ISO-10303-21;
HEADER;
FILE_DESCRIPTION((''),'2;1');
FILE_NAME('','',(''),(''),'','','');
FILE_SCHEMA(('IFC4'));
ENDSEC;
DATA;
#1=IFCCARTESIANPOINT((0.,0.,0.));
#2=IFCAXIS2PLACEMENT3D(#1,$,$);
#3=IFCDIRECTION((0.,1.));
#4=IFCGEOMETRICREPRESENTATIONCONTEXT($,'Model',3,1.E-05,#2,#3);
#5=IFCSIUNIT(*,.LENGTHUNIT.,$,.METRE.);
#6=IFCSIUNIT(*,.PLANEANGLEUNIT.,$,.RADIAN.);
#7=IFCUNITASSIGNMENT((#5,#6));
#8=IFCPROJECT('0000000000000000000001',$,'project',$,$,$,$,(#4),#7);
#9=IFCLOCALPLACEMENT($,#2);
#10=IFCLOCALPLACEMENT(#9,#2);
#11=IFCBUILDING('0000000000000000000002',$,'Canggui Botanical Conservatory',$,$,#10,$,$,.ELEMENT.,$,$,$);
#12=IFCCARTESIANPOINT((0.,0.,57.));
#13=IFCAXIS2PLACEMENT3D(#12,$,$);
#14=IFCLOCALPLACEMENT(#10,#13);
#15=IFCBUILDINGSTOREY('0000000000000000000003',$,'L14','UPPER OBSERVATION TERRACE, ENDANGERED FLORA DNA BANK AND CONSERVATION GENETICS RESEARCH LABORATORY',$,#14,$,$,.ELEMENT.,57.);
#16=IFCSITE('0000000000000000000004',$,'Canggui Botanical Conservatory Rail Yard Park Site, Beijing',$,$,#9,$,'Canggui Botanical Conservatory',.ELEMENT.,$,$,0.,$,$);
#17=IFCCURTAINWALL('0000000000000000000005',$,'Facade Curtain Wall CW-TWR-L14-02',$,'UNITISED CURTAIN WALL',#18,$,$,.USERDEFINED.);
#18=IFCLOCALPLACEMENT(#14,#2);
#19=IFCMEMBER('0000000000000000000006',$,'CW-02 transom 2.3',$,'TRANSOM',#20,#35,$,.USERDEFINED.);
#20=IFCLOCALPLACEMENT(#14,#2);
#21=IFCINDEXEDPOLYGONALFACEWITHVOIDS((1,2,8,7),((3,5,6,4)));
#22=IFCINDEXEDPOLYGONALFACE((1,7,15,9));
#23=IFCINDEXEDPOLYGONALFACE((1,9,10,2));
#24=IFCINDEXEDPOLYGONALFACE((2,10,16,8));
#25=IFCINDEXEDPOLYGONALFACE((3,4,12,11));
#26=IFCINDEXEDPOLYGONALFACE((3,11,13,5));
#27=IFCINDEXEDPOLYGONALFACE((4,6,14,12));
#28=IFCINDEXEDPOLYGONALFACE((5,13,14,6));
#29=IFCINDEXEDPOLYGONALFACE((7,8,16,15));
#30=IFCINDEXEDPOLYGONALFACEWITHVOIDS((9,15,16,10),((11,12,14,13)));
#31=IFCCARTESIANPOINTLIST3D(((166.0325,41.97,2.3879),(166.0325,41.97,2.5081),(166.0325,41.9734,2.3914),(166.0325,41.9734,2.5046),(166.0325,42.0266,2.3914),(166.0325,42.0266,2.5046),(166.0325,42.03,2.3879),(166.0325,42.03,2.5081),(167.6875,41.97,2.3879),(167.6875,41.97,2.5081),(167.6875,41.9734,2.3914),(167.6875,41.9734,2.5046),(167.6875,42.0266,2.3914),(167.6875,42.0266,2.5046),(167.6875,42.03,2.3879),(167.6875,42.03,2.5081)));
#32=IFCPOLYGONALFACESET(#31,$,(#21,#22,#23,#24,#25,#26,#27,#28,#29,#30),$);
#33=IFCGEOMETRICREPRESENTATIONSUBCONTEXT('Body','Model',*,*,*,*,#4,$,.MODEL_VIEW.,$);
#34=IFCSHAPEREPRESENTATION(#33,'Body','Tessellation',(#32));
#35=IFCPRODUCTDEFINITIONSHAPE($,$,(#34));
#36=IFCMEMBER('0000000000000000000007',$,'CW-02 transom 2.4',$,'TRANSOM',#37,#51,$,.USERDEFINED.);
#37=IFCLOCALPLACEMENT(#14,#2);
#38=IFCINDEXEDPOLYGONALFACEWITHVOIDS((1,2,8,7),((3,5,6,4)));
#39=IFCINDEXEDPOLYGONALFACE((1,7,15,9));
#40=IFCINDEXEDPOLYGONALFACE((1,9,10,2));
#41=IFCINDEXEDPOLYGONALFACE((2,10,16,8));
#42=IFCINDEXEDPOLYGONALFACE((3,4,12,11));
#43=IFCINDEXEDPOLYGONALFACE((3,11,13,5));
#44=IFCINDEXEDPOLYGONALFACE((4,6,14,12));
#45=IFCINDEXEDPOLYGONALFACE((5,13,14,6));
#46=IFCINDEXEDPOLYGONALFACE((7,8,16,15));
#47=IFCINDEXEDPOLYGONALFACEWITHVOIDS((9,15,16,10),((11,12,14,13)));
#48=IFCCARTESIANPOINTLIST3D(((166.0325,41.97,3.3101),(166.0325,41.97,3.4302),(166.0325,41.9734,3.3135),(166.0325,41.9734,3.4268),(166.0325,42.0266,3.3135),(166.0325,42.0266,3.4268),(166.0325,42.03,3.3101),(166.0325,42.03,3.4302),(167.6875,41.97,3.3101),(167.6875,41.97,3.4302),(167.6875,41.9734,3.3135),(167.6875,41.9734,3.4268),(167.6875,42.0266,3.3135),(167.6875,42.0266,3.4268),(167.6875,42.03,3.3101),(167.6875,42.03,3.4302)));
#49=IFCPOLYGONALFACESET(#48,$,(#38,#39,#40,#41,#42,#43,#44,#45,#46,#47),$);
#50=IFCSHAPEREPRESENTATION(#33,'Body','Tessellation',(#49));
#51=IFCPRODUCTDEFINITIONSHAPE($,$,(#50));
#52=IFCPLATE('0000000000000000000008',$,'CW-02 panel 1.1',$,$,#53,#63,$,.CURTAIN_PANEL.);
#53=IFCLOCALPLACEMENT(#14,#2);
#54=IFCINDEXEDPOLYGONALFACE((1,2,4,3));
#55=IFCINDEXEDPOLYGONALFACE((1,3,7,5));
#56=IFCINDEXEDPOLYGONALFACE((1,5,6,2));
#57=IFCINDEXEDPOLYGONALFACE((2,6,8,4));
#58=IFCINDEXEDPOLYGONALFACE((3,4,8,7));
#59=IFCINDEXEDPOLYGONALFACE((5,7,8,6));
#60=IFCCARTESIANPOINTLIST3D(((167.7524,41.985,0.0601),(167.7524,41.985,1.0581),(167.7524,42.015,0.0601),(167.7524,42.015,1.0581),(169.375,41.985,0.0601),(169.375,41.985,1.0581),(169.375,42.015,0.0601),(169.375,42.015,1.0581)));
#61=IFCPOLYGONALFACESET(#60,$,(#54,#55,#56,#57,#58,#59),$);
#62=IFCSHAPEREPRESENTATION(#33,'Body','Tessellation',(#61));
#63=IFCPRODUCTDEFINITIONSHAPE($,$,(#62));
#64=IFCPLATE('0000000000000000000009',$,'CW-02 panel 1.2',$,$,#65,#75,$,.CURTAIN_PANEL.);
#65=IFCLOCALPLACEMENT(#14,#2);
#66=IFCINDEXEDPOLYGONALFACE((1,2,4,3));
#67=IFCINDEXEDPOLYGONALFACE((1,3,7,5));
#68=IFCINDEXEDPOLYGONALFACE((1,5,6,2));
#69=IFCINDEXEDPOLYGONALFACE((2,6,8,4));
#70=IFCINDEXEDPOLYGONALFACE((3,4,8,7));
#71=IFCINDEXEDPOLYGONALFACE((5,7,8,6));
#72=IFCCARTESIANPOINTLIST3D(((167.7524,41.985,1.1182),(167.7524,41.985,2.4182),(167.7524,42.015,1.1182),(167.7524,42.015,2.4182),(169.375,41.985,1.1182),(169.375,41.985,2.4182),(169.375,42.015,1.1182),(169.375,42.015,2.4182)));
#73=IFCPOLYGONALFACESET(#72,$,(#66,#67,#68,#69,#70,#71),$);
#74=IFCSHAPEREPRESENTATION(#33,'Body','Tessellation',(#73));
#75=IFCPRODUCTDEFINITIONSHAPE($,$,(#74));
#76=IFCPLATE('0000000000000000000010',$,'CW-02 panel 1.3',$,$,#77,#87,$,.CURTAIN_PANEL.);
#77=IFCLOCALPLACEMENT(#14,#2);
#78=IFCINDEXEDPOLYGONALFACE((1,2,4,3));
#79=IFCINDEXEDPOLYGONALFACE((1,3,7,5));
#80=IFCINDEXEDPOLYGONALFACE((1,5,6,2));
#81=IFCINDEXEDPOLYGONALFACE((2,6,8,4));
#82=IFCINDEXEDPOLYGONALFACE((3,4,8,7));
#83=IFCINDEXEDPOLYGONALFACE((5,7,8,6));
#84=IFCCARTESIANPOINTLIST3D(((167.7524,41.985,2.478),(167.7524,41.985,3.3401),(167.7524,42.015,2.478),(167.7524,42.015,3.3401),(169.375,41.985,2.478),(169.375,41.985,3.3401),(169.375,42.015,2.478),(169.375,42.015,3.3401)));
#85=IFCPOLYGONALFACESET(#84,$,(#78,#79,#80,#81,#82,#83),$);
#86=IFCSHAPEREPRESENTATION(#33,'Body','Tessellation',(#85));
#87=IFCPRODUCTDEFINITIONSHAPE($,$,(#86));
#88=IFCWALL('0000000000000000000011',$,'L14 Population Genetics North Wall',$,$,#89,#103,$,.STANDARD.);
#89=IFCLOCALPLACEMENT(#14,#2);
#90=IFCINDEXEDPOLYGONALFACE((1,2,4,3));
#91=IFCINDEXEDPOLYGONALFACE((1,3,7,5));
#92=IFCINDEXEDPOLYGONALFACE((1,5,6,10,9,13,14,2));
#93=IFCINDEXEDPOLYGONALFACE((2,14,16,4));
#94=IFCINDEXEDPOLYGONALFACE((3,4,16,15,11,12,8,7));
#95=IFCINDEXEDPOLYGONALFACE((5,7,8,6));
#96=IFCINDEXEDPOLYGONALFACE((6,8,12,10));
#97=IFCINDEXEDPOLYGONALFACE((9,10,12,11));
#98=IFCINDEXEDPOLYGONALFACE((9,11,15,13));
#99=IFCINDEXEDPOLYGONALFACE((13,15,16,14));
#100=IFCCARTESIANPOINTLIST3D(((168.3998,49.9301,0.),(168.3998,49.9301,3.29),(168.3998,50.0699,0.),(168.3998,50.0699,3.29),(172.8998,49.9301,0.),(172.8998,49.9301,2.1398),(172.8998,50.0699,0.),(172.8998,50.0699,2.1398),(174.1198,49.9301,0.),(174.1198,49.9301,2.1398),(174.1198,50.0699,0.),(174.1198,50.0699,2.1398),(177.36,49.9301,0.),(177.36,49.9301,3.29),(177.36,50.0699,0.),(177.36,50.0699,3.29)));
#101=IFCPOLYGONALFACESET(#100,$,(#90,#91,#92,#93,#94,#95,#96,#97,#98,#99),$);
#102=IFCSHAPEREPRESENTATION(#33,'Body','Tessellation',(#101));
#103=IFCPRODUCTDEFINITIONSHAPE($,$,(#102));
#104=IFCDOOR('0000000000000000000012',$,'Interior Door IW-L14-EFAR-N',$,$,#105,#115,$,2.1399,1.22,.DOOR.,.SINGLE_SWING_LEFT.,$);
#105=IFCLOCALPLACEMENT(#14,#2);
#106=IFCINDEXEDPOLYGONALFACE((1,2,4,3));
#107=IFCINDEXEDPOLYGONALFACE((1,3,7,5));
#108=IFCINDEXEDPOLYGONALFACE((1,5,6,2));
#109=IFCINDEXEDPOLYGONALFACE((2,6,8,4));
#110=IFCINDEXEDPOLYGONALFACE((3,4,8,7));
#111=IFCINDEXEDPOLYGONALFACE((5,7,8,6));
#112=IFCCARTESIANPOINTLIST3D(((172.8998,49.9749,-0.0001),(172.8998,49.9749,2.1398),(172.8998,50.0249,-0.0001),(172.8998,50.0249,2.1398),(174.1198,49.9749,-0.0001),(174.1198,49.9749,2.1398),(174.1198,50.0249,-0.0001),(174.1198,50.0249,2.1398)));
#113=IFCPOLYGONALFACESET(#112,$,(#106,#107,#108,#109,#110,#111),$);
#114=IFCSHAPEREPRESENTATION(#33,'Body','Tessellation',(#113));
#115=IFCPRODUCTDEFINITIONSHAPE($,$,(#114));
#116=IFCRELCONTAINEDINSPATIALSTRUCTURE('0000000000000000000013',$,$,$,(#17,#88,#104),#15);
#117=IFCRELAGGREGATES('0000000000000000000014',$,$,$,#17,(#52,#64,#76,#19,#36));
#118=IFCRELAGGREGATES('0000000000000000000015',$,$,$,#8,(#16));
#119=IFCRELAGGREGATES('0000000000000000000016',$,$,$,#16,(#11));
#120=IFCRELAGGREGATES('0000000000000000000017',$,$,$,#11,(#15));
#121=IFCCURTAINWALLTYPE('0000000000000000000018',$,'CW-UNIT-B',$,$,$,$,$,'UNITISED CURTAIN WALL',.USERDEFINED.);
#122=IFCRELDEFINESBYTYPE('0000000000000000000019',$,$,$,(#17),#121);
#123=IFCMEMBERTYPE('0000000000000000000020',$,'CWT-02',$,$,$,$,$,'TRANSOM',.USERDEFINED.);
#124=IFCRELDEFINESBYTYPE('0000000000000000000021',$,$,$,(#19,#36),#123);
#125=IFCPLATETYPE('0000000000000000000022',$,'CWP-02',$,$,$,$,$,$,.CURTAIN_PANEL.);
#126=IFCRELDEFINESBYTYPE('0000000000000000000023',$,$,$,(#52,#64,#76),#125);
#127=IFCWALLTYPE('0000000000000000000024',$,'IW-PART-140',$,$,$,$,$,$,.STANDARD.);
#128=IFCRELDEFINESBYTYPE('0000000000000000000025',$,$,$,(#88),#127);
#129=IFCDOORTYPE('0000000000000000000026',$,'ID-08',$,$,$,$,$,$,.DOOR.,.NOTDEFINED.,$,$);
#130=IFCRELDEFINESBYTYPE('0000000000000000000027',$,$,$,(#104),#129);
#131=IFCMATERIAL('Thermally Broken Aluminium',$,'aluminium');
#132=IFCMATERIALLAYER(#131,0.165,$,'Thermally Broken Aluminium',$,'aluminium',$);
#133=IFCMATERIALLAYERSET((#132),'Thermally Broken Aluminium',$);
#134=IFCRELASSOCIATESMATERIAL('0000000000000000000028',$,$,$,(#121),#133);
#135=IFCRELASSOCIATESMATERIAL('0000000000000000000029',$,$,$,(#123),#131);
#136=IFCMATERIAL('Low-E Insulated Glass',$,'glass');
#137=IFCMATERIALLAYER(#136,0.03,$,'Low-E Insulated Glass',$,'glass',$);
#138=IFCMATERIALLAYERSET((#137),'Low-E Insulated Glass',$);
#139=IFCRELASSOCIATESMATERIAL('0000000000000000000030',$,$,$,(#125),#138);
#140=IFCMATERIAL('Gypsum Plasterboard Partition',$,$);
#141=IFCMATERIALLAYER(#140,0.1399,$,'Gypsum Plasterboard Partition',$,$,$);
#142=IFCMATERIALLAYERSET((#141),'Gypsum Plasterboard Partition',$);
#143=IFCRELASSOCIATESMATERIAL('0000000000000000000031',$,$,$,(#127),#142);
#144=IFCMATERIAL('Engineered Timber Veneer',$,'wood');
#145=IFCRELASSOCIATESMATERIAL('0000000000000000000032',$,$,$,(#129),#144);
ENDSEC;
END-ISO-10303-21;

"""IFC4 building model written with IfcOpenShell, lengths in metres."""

from ifc_helpers import new_model, si_unit, direction, frame, frame_2d, origin, origin_2d, place, context, subcontext, project, spatial, rectangle, hollow_rectangle, extrude, material, layer, layer_set, material_profile, profile_set, type_object, element, fill, aggregate, save


model = new_model("IFC4")

# Units and contexts
model_context = context("Model", 3, precision=1e-05, world=origin(), true_north=direction((0.0, 1.0)))
body_context = subcontext(model_context, "Body", "Model", "MODEL_VIEW")
ifc_project = project(units=[si_unit("LENGTHUNIT", "METRE"), si_unit("PLANEANGLEUNIT", "RADIAN")], contexts=[model_context])

# Site, building, storey
site_placement = place(None, origin())
site = spatial("IfcSite", under=ifc_project, at=site_placement, Name="Canggui Botanical Conservatory Rail Yard Park Site, Beijing", LongName="Canggui Botanical Conservatory", CompositionType="ELEMENT", RefElevation=0.0)
building_placement = place(site_placement, origin())
building = spatial("IfcBuilding", under=site, at=building_placement, Name="Canggui Botanical Conservatory", CompositionType="ELEMENT")
storey_placement = place(building_placement, frame((0.0, 0.0, 57.0)))
storey = spatial("IfcBuildingStorey", under=building, at=storey_placement, Name="L14", Description="UPPER OBSERVATION TERRACE, ENDANGERED FLORA DNA BANK AND CONSERVATION GENETICS RESEARCH LABORATORY", CompositionType="ELEMENT", Elevation=57.0)

# Curtain wall, members, plates
ifc_material_1 = material(Name="Thermally Broken Aluminium", Category="aluminium")
ifc_layer_1 = layer(ifc_material_1, 0.165, Name="Thermally Broken Aluminium", Category="aluminium")
ifc_layer_set_1 = layer_set([ifc_layer_1], Name="Thermally Broken Aluminium")
curtain_wall_type = type_object("IfcCurtainWallType", Name="CW-UNIT-B", ElementType="UNITISED CURTAIN WALL", PredefinedType="USERDEFINED", material=ifc_layer_set_1)
curtain_wall_placement = place(storey_placement, origin())
curtain_wall = element("IfcCurtainWall", 1, at=curtain_wall_placement, inside=storey, type_object=curtain_wall_type, Name="Facade Curtain Wall CW-TWR-L14-02", ObjectType="UNITISED CURTAIN WALL", PredefinedType="USERDEFINED")
ifc_material_profile_1 = material_profile(ifc_material_1, hollow_rectangle(XDim=0.0601, YDim=0.1201, WallThickness=0.0034, at=origin_2d()), Name="CWT 60x120x3.5")
ifc_profile_set_1 = profile_set([ifc_material_profile_1], Name="Thermally Broken Aluminium")
member_type_1 = type_object("IfcMemberType", Name="CWT-02", ElementType="TRANSOM", PredefinedType="USERDEFINED", material=ifc_profile_set_1)
member_1_placement = place(storey_placement, frame((167.6875, 42.0, 2.448), z_axis=(-1.0, 0.0, 0.0), x_axis=(0.0, -1.0, 0.0)))
member_1 = element("IfcMember", 2, at=member_1_placement, type_object=member_type_1, Name="CW-02 transom 2.3", ObjectType="TRANSOM", PredefinedType="USERDEFINED", context=body_context, shape_type="SweptSolid", body=[
    extrude(hollow_rectangle(XDim=0.0601, YDim=0.1201, WallThickness=0.0034, at=origin_2d()), origin(), (0.0, 0.0, 1.0), 1.655),
])
member_2_placement = place(storey_placement, frame((167.6875, 42.0, 3.3701), z_axis=(-1.0, 0.0, 0.0), x_axis=(0.0, -1.0, 0.0)))
member_2 = element("IfcMember", 3, at=member_2_placement, type_object=member_type_1, Name="CW-02 transom 2.4", ObjectType="TRANSOM", PredefinedType="USERDEFINED", context=body_context, shape_type="SweptSolid", body=[
    extrude(hollow_rectangle(XDim=0.0601, YDim=0.1201, WallThickness=0.0034, at=origin_2d()), origin(), (0.0, 0.0, 1.0), 1.655),
])
ifc_material_2 = material(Name="Low-E Insulated Glass", Category="glass")
ifc_layer_2 = layer(ifc_material_2, 0.03, Name="Low-E Insulated Glass", Category="glass")
ifc_layer_set_2 = layer_set([ifc_layer_2], Name="Low-E Insulated Glass")
plate_type = type_object("IfcPlateType", Name="CWP-02", PredefinedType="CURTAIN_PANEL", material=ifc_layer_set_2)
plate_1_placement = place(storey_placement, frame((168.5637, 42.0, 0.0601), z_axis=(0.0, 0.0, 1.0), x_axis=(-1.0, 0.0, 0.0)))
plate_1 = element("IfcPlate", 4, at=plate_1_placement, type_object=plate_type, Name="CW-02 panel 1.1", PredefinedType="CURTAIN_PANEL", context=body_context, shape_type="SweptSolid", body=[
    extrude(rectangle(XDim=1.6226, YDim=0.03, at=origin_2d()), origin(), (0.0, 0.0, 1.0), 0.998),
])
plate_2_placement = place(storey_placement, frame((168.5637, 42.0, 1.1182), z_axis=(0.0, 0.0, 1.0), x_axis=(-1.0, 0.0, 0.0)))
plate_2 = element("IfcPlate", 5, at=plate_2_placement, type_object=plate_type, Name="CW-02 panel 1.2", PredefinedType="CURTAIN_PANEL", context=body_context, shape_type="SweptSolid", body=[
    extrude(rectangle(XDim=1.6226, YDim=0.03, at=origin_2d()), origin(), (0.0, 0.0, 1.0), 1.3),
])
plate_3_placement = place(storey_placement, frame((168.5637, 42.0, 2.478), z_axis=(0.0, 0.0, 1.0), x_axis=(-1.0, 0.0, 0.0)))
plate_3 = element("IfcPlate", 6, at=plate_3_placement, type_object=plate_type, Name="CW-02 panel 1.3", PredefinedType="CURTAIN_PANEL", context=body_context, shape_type="SweptSolid", body=[
    extrude(rectangle(XDim=1.6226, YDim=0.03, at=origin_2d()), origin(), (0.0, 0.0, 1.0), 0.8621),
])
aggregate(curtain_wall, [plate_1, plate_2, plate_3, member_1, member_2])

# Wall, opening, door
ifc_material_3 = material(Name="Gypsum Plasterboard Partition")
ifc_layer_3 = layer(ifc_material_3, 0.1399, Name="Gypsum Plasterboard Partition")
ifc_layer_set_3 = layer_set([ifc_layer_3], Name="Gypsum Plasterboard Partition")
wall_type_1 = type_object("IfcWallType", Name="IW-PART-140", PredefinedType="STANDARD", material=ifc_layer_set_3)
wall_1_placement = place(storey_placement, frame((168.3999, 50.0, 0.0), z_axis=(0.0, 0.0, 1.0), x_axis=(1.0, 0.0, 0.0)))
wall_1 = element("IfcWall", 7, at=wall_1_placement, inside=storey, type_object=wall_type_1, Name="L14 Population Genetics North Wall", PredefinedType="STANDARD", context=body_context, shape_type="SweptSolid", body=[
    extrude(rectangle(XDim=8.9602, YDim=0.1399, at=frame_2d((4.48, 0.0))), origin(), (0.0, 0.0, 1.0), 3.29),
])
opening_1_placement = place(wall_1_placement, frame((4.5, 0.0, 0.0)))
opening_1 = element("IfcOpeningElement", 8, at=opening_1_placement, cuts=wall_1, PredefinedType="OPENING", context=body_context, shape_type="SweptSolid", body=[
    extrude(rectangle(XDim=1.22, YDim=2.1399, at=frame_2d((0.6099, 1.0698))), frame((0.0, 0.0801, 0.0), z_axis=(0.0, -1.0, 0.0), x_axis=(1.0, 0.0, 0.0)), (0.0, 0.0, 1.0), 0.1599),
])
ifc_material_4 = material(Name="Engineered Timber Veneer", Category="wood")
door_type_1 = type_object("IfcDoorType", Name="ID-08", OperationType="NOTDEFINED", PredefinedType="DOOR", material=ifc_material_4)
door_1_placement = place(opening_1_placement, origin())
door_1 = element("IfcDoor", 9, at=door_1_placement, inside=storey, type_object=door_type_1, Name="Interior Door IW-L14-EFAR-N", OperationType="SINGLE_SWING_LEFT", OverallHeight=2.1399, OverallWidth=1.22, PredefinedType="DOOR", context=body_context, shape_type="SweptSolid", body=[
    extrude(rectangle(XDim=1.22, YDim=2.1399, at=frame_2d((0.6099, 1.0698))), frame((0.0, 0.0249, 0.0), z_axis=(0.0, -1.0, 0.0), x_axis=(1.0, 0.0, 0.0)), (0.0, 0.0, 1.0), 0.05),
])
fill(opening_1, door_1)

save(model, "model.ifc")
